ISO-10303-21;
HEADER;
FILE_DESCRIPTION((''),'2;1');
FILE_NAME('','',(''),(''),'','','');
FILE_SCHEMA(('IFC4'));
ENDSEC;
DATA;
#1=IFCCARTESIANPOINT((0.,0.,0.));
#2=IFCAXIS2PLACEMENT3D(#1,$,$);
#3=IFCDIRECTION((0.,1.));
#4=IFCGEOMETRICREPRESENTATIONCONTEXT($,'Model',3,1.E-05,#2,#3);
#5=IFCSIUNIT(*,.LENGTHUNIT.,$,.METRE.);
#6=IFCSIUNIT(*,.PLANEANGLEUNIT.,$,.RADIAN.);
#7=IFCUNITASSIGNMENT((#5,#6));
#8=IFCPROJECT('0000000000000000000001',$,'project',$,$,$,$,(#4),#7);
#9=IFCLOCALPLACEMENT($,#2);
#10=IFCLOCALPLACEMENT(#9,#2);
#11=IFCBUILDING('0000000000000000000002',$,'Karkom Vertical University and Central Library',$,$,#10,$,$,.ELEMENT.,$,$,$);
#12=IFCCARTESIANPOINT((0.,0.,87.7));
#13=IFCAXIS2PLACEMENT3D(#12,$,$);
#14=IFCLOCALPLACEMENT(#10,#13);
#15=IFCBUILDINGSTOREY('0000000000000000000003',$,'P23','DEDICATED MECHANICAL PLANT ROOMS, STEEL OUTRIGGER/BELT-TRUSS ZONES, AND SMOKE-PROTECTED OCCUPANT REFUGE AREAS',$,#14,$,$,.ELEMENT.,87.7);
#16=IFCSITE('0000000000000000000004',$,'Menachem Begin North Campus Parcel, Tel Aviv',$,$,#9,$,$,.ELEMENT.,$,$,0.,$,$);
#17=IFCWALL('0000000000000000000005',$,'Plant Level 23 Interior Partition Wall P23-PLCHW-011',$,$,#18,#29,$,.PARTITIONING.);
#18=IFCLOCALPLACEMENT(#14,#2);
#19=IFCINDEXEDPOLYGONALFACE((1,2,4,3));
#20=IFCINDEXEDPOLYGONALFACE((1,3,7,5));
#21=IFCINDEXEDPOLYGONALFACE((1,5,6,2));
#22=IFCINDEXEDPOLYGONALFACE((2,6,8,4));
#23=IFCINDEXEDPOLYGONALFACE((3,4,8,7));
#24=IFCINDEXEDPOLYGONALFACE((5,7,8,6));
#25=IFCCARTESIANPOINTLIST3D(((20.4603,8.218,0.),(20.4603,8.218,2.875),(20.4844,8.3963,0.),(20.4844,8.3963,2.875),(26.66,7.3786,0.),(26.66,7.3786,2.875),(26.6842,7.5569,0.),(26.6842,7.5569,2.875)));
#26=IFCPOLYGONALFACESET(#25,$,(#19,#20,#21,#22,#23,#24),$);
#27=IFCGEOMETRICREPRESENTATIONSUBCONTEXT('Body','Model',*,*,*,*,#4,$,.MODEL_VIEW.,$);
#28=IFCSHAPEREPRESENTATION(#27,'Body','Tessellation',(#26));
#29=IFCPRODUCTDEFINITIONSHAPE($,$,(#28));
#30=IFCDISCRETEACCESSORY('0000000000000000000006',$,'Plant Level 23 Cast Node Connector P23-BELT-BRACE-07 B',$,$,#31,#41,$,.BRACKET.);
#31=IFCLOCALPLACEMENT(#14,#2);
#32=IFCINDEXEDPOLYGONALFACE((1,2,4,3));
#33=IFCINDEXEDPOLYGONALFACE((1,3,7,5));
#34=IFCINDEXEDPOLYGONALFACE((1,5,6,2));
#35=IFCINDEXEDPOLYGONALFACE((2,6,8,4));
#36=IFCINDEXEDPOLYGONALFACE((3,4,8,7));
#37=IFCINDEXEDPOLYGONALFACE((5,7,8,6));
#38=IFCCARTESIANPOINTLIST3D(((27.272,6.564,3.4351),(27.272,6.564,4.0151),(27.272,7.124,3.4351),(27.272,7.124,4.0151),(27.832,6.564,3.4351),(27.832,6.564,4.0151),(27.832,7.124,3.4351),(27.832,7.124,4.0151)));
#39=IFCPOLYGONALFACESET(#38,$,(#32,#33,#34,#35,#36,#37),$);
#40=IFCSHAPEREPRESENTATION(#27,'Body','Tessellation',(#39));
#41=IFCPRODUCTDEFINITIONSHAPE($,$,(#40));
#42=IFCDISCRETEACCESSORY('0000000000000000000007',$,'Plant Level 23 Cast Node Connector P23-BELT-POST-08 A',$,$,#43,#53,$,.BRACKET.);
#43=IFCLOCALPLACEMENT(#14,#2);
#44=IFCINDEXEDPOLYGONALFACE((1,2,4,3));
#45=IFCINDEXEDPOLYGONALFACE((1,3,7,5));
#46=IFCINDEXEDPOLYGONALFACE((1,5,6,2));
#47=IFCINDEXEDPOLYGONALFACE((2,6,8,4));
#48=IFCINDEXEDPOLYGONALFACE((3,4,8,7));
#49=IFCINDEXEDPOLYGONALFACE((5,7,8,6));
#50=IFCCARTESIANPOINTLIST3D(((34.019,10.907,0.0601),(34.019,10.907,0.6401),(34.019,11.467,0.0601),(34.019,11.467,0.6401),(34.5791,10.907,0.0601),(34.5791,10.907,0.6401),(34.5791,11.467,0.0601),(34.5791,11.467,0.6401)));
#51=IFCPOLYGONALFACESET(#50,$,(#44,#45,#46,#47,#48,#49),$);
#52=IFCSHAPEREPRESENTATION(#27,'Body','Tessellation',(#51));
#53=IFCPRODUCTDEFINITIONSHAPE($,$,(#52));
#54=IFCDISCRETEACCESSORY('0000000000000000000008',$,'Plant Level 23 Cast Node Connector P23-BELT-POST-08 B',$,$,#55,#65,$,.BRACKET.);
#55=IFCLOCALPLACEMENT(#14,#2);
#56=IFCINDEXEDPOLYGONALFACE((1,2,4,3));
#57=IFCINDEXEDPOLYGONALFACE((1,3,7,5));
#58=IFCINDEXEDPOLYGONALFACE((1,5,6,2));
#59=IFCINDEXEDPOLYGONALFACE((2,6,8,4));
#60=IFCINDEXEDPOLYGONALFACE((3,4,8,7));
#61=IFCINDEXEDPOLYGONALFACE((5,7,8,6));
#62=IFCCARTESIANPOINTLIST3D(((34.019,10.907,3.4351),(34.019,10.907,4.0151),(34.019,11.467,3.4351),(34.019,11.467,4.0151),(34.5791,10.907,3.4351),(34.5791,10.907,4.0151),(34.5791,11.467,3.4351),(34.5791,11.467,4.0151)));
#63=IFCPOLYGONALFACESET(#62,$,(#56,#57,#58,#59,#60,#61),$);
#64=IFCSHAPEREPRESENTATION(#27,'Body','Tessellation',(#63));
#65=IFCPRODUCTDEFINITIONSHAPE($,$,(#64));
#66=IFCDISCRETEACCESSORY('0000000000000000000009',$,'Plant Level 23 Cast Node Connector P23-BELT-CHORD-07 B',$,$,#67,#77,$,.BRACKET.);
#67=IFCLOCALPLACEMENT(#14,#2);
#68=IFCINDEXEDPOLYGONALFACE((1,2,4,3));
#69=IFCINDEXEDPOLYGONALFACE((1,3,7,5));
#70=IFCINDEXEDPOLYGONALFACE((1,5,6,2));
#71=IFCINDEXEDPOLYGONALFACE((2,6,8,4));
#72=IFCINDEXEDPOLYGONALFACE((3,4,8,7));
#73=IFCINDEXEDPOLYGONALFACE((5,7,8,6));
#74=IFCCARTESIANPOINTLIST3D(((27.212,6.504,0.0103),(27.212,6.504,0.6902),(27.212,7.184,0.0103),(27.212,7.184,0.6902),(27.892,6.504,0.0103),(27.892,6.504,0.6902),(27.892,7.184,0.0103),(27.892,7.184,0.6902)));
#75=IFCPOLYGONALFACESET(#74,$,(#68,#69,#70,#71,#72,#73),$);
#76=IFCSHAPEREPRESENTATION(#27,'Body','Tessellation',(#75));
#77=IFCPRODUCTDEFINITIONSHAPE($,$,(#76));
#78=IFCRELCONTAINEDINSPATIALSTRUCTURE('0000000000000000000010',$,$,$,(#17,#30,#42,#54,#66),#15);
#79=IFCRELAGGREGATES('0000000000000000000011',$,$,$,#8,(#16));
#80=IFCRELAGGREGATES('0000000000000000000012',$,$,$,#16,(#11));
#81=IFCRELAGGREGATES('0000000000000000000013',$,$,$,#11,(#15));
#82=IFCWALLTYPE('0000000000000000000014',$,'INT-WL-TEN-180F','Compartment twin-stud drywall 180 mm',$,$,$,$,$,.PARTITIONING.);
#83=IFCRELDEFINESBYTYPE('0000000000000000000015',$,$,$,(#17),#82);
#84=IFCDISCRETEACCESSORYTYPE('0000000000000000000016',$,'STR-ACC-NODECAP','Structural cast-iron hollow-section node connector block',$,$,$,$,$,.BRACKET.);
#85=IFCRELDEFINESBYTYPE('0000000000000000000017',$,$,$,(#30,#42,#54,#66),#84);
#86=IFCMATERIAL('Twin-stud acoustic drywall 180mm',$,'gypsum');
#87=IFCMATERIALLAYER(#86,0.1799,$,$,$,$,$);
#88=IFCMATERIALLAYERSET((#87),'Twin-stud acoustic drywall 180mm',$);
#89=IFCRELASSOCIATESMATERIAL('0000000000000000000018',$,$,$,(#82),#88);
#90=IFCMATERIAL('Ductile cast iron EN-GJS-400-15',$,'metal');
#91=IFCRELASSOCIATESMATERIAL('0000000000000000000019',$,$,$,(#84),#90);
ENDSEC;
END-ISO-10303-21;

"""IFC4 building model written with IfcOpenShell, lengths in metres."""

from ifc_helpers import new_model, si_unit, direction, frame, frame_2d, origin, origin_with_axes, origin_2d, place, context, subcontext, project, spatial, rectangle, extrude, source, transform, mapped, material, layer, layer_set, type_object, element, save


model = new_model("IFC4")

# Units and contexts
model_context = context("Model", 3, precision=1e-05, world=origin(), true_north=direction((0.0, 1.0)))
body_context = subcontext(model_context, "Body", "Model", "MODEL_VIEW")
ifc_project = project(units=[si_unit("LENGTHUNIT", "METRE"), si_unit("PLANEANGLEUNIT", "RADIAN")], contexts=[model_context])

# Site, building, storey
site_placement = place(None, origin())
site = spatial("IfcSite", under=ifc_project, at=site_placement, Name="Menachem Begin North Campus Parcel, Tel Aviv", CompositionType="ELEMENT", RefElevation=0.0)
building_placement = place(site_placement, origin())
building = spatial("IfcBuilding", under=site, at=building_placement, Name="Karkom Vertical University and Central Library", CompositionType="ELEMENT")
storey_placement = place(building_placement, frame((0.0, 0.0, 87.7)))
storey = spatial("IfcBuildingStorey", under=building, at=storey_placement, Name="P23", Description="DEDICATED MECHANICAL PLANT ROOMS, STEEL OUTRIGGER/BELT-TRUSS ZONES, AND SMOKE-PROTECTED OCCUPANT REFUGE AREAS", CompositionType="ELEMENT", Elevation=87.7)

# Wall
ifc_material_1 = material(Name="Twin-stud acoustic drywall 180mm", Category="gypsum")
ifc_layer_1 = layer(ifc_material_1, 0.1799)
ifc_layer_set_1 = layer_set([ifc_layer_1], Name="Twin-stud acoustic drywall 180mm")
wall_type_1 = type_object("IfcWallType", Name="INT-WL-TEN-180F", Description="Compartment twin-stud drywall 180 mm", PredefinedType="PARTITIONING", material=ifc_layer_set_1)
wall_1_placement = place(storey_placement, frame((26.6721, 7.4678, 0.0), z_axis=(0.0, 0.0, 1.0), x_axis=(-0.990959, 0.134162, 0.0)))
element("IfcWall", 1, at=wall_1_placement, inside=storey, type_object=wall_type_1, Name="Plant Level 23 Interior Partition Wall P23-PLCHW-011", PredefinedType="PARTITIONING", context=body_context, shape_type="SweptSolid", body=[
    extrude(rectangle(XDim=6.2563, YDim=0.1799, at=frame_2d((3.1282, 0.0))), origin(), (0.0, 0.0, 1.0), 2.875),
])

# Discrete accessories
ifc_material_2 = material(Name="Ductile cast iron EN-GJS-400-15", Category="metal")
discrete_accessory_type = type_object("IfcDiscreteAccessoryType", Name="STR-ACC-NODECAP", Description="Structural cast-iron hollow-section node connector block", PredefinedType="BRACKET", material=ifc_material_2)
shared_shape_1 = source(origin_with_axes(), body_context, "Body", "SweptSolid", [
    extrude(rectangle(XDim=0.5601, YDim=0.5601, at=origin_2d()), origin(), (0.0, 0.0, 1.0), 0.5801),
])
for number, where, z_axis, x_axis, name in (
    (2, (27.552, 6.844, 3.4351), (0.0, 0.0, 1.0), (1.0, 0.0, 0.0), "Plant Level 23 Cast Node Connector P23-BELT-BRACE-07 B"),
    (3, (34.2991, 11.187, 0.0601), (0.0, 0.0, 1.0), (1.0, 0.0, 0.0), "Plant Level 23 Cast Node Connector P23-BELT-POST-08 A"),
    (4, (34.2991, 11.187, 3.4351), (0.0, 0.0, 1.0), (1.0, 0.0, 0.0), "Plant Level 23 Cast Node Connector P23-BELT-POST-08 B"),
):
    element("IfcDiscreteAccessory", number, at=place(storey_placement, frame(where, z_axis=z_axis, x_axis=x_axis)), inside=storey, type_object=discrete_accessory_type, Name=name, PredefinedType="BRACKET", context=body_context, shape_type="MappedRepresentation", body=[
        mapped(shared_shape_1, transform((0.0, 0.0, 0.0), scale=1.0)),
    ])
shared_shape_2 = source(origin_with_axes(), body_context, "Body", "SweptSolid", [
    extrude(rectangle(XDim=0.6799, YDim=0.6799, at=origin_2d()), origin(), (0.0, 0.0, 1.0), 0.6799),
])
discrete_accessory_placement = place(storey_placement, frame((27.552, 6.844, 0.0103), z_axis=(0.0, 0.0, 1.0), x_axis=(1.0, 0.0, 0.0)))
element("IfcDiscreteAccessory", 5, at=discrete_accessory_placement, inside=storey, type_object=discrete_accessory_type, Name="Plant Level 23 Cast Node Connector P23-BELT-CHORD-07 B", PredefinedType="BRACKET", context=body_context, shape_type="MappedRepresentation", body=[
    mapped(shared_shape_2, transform((0.0, 0.0, 0.0), scale=1.0)),
])

save(model, "model.ifc")
